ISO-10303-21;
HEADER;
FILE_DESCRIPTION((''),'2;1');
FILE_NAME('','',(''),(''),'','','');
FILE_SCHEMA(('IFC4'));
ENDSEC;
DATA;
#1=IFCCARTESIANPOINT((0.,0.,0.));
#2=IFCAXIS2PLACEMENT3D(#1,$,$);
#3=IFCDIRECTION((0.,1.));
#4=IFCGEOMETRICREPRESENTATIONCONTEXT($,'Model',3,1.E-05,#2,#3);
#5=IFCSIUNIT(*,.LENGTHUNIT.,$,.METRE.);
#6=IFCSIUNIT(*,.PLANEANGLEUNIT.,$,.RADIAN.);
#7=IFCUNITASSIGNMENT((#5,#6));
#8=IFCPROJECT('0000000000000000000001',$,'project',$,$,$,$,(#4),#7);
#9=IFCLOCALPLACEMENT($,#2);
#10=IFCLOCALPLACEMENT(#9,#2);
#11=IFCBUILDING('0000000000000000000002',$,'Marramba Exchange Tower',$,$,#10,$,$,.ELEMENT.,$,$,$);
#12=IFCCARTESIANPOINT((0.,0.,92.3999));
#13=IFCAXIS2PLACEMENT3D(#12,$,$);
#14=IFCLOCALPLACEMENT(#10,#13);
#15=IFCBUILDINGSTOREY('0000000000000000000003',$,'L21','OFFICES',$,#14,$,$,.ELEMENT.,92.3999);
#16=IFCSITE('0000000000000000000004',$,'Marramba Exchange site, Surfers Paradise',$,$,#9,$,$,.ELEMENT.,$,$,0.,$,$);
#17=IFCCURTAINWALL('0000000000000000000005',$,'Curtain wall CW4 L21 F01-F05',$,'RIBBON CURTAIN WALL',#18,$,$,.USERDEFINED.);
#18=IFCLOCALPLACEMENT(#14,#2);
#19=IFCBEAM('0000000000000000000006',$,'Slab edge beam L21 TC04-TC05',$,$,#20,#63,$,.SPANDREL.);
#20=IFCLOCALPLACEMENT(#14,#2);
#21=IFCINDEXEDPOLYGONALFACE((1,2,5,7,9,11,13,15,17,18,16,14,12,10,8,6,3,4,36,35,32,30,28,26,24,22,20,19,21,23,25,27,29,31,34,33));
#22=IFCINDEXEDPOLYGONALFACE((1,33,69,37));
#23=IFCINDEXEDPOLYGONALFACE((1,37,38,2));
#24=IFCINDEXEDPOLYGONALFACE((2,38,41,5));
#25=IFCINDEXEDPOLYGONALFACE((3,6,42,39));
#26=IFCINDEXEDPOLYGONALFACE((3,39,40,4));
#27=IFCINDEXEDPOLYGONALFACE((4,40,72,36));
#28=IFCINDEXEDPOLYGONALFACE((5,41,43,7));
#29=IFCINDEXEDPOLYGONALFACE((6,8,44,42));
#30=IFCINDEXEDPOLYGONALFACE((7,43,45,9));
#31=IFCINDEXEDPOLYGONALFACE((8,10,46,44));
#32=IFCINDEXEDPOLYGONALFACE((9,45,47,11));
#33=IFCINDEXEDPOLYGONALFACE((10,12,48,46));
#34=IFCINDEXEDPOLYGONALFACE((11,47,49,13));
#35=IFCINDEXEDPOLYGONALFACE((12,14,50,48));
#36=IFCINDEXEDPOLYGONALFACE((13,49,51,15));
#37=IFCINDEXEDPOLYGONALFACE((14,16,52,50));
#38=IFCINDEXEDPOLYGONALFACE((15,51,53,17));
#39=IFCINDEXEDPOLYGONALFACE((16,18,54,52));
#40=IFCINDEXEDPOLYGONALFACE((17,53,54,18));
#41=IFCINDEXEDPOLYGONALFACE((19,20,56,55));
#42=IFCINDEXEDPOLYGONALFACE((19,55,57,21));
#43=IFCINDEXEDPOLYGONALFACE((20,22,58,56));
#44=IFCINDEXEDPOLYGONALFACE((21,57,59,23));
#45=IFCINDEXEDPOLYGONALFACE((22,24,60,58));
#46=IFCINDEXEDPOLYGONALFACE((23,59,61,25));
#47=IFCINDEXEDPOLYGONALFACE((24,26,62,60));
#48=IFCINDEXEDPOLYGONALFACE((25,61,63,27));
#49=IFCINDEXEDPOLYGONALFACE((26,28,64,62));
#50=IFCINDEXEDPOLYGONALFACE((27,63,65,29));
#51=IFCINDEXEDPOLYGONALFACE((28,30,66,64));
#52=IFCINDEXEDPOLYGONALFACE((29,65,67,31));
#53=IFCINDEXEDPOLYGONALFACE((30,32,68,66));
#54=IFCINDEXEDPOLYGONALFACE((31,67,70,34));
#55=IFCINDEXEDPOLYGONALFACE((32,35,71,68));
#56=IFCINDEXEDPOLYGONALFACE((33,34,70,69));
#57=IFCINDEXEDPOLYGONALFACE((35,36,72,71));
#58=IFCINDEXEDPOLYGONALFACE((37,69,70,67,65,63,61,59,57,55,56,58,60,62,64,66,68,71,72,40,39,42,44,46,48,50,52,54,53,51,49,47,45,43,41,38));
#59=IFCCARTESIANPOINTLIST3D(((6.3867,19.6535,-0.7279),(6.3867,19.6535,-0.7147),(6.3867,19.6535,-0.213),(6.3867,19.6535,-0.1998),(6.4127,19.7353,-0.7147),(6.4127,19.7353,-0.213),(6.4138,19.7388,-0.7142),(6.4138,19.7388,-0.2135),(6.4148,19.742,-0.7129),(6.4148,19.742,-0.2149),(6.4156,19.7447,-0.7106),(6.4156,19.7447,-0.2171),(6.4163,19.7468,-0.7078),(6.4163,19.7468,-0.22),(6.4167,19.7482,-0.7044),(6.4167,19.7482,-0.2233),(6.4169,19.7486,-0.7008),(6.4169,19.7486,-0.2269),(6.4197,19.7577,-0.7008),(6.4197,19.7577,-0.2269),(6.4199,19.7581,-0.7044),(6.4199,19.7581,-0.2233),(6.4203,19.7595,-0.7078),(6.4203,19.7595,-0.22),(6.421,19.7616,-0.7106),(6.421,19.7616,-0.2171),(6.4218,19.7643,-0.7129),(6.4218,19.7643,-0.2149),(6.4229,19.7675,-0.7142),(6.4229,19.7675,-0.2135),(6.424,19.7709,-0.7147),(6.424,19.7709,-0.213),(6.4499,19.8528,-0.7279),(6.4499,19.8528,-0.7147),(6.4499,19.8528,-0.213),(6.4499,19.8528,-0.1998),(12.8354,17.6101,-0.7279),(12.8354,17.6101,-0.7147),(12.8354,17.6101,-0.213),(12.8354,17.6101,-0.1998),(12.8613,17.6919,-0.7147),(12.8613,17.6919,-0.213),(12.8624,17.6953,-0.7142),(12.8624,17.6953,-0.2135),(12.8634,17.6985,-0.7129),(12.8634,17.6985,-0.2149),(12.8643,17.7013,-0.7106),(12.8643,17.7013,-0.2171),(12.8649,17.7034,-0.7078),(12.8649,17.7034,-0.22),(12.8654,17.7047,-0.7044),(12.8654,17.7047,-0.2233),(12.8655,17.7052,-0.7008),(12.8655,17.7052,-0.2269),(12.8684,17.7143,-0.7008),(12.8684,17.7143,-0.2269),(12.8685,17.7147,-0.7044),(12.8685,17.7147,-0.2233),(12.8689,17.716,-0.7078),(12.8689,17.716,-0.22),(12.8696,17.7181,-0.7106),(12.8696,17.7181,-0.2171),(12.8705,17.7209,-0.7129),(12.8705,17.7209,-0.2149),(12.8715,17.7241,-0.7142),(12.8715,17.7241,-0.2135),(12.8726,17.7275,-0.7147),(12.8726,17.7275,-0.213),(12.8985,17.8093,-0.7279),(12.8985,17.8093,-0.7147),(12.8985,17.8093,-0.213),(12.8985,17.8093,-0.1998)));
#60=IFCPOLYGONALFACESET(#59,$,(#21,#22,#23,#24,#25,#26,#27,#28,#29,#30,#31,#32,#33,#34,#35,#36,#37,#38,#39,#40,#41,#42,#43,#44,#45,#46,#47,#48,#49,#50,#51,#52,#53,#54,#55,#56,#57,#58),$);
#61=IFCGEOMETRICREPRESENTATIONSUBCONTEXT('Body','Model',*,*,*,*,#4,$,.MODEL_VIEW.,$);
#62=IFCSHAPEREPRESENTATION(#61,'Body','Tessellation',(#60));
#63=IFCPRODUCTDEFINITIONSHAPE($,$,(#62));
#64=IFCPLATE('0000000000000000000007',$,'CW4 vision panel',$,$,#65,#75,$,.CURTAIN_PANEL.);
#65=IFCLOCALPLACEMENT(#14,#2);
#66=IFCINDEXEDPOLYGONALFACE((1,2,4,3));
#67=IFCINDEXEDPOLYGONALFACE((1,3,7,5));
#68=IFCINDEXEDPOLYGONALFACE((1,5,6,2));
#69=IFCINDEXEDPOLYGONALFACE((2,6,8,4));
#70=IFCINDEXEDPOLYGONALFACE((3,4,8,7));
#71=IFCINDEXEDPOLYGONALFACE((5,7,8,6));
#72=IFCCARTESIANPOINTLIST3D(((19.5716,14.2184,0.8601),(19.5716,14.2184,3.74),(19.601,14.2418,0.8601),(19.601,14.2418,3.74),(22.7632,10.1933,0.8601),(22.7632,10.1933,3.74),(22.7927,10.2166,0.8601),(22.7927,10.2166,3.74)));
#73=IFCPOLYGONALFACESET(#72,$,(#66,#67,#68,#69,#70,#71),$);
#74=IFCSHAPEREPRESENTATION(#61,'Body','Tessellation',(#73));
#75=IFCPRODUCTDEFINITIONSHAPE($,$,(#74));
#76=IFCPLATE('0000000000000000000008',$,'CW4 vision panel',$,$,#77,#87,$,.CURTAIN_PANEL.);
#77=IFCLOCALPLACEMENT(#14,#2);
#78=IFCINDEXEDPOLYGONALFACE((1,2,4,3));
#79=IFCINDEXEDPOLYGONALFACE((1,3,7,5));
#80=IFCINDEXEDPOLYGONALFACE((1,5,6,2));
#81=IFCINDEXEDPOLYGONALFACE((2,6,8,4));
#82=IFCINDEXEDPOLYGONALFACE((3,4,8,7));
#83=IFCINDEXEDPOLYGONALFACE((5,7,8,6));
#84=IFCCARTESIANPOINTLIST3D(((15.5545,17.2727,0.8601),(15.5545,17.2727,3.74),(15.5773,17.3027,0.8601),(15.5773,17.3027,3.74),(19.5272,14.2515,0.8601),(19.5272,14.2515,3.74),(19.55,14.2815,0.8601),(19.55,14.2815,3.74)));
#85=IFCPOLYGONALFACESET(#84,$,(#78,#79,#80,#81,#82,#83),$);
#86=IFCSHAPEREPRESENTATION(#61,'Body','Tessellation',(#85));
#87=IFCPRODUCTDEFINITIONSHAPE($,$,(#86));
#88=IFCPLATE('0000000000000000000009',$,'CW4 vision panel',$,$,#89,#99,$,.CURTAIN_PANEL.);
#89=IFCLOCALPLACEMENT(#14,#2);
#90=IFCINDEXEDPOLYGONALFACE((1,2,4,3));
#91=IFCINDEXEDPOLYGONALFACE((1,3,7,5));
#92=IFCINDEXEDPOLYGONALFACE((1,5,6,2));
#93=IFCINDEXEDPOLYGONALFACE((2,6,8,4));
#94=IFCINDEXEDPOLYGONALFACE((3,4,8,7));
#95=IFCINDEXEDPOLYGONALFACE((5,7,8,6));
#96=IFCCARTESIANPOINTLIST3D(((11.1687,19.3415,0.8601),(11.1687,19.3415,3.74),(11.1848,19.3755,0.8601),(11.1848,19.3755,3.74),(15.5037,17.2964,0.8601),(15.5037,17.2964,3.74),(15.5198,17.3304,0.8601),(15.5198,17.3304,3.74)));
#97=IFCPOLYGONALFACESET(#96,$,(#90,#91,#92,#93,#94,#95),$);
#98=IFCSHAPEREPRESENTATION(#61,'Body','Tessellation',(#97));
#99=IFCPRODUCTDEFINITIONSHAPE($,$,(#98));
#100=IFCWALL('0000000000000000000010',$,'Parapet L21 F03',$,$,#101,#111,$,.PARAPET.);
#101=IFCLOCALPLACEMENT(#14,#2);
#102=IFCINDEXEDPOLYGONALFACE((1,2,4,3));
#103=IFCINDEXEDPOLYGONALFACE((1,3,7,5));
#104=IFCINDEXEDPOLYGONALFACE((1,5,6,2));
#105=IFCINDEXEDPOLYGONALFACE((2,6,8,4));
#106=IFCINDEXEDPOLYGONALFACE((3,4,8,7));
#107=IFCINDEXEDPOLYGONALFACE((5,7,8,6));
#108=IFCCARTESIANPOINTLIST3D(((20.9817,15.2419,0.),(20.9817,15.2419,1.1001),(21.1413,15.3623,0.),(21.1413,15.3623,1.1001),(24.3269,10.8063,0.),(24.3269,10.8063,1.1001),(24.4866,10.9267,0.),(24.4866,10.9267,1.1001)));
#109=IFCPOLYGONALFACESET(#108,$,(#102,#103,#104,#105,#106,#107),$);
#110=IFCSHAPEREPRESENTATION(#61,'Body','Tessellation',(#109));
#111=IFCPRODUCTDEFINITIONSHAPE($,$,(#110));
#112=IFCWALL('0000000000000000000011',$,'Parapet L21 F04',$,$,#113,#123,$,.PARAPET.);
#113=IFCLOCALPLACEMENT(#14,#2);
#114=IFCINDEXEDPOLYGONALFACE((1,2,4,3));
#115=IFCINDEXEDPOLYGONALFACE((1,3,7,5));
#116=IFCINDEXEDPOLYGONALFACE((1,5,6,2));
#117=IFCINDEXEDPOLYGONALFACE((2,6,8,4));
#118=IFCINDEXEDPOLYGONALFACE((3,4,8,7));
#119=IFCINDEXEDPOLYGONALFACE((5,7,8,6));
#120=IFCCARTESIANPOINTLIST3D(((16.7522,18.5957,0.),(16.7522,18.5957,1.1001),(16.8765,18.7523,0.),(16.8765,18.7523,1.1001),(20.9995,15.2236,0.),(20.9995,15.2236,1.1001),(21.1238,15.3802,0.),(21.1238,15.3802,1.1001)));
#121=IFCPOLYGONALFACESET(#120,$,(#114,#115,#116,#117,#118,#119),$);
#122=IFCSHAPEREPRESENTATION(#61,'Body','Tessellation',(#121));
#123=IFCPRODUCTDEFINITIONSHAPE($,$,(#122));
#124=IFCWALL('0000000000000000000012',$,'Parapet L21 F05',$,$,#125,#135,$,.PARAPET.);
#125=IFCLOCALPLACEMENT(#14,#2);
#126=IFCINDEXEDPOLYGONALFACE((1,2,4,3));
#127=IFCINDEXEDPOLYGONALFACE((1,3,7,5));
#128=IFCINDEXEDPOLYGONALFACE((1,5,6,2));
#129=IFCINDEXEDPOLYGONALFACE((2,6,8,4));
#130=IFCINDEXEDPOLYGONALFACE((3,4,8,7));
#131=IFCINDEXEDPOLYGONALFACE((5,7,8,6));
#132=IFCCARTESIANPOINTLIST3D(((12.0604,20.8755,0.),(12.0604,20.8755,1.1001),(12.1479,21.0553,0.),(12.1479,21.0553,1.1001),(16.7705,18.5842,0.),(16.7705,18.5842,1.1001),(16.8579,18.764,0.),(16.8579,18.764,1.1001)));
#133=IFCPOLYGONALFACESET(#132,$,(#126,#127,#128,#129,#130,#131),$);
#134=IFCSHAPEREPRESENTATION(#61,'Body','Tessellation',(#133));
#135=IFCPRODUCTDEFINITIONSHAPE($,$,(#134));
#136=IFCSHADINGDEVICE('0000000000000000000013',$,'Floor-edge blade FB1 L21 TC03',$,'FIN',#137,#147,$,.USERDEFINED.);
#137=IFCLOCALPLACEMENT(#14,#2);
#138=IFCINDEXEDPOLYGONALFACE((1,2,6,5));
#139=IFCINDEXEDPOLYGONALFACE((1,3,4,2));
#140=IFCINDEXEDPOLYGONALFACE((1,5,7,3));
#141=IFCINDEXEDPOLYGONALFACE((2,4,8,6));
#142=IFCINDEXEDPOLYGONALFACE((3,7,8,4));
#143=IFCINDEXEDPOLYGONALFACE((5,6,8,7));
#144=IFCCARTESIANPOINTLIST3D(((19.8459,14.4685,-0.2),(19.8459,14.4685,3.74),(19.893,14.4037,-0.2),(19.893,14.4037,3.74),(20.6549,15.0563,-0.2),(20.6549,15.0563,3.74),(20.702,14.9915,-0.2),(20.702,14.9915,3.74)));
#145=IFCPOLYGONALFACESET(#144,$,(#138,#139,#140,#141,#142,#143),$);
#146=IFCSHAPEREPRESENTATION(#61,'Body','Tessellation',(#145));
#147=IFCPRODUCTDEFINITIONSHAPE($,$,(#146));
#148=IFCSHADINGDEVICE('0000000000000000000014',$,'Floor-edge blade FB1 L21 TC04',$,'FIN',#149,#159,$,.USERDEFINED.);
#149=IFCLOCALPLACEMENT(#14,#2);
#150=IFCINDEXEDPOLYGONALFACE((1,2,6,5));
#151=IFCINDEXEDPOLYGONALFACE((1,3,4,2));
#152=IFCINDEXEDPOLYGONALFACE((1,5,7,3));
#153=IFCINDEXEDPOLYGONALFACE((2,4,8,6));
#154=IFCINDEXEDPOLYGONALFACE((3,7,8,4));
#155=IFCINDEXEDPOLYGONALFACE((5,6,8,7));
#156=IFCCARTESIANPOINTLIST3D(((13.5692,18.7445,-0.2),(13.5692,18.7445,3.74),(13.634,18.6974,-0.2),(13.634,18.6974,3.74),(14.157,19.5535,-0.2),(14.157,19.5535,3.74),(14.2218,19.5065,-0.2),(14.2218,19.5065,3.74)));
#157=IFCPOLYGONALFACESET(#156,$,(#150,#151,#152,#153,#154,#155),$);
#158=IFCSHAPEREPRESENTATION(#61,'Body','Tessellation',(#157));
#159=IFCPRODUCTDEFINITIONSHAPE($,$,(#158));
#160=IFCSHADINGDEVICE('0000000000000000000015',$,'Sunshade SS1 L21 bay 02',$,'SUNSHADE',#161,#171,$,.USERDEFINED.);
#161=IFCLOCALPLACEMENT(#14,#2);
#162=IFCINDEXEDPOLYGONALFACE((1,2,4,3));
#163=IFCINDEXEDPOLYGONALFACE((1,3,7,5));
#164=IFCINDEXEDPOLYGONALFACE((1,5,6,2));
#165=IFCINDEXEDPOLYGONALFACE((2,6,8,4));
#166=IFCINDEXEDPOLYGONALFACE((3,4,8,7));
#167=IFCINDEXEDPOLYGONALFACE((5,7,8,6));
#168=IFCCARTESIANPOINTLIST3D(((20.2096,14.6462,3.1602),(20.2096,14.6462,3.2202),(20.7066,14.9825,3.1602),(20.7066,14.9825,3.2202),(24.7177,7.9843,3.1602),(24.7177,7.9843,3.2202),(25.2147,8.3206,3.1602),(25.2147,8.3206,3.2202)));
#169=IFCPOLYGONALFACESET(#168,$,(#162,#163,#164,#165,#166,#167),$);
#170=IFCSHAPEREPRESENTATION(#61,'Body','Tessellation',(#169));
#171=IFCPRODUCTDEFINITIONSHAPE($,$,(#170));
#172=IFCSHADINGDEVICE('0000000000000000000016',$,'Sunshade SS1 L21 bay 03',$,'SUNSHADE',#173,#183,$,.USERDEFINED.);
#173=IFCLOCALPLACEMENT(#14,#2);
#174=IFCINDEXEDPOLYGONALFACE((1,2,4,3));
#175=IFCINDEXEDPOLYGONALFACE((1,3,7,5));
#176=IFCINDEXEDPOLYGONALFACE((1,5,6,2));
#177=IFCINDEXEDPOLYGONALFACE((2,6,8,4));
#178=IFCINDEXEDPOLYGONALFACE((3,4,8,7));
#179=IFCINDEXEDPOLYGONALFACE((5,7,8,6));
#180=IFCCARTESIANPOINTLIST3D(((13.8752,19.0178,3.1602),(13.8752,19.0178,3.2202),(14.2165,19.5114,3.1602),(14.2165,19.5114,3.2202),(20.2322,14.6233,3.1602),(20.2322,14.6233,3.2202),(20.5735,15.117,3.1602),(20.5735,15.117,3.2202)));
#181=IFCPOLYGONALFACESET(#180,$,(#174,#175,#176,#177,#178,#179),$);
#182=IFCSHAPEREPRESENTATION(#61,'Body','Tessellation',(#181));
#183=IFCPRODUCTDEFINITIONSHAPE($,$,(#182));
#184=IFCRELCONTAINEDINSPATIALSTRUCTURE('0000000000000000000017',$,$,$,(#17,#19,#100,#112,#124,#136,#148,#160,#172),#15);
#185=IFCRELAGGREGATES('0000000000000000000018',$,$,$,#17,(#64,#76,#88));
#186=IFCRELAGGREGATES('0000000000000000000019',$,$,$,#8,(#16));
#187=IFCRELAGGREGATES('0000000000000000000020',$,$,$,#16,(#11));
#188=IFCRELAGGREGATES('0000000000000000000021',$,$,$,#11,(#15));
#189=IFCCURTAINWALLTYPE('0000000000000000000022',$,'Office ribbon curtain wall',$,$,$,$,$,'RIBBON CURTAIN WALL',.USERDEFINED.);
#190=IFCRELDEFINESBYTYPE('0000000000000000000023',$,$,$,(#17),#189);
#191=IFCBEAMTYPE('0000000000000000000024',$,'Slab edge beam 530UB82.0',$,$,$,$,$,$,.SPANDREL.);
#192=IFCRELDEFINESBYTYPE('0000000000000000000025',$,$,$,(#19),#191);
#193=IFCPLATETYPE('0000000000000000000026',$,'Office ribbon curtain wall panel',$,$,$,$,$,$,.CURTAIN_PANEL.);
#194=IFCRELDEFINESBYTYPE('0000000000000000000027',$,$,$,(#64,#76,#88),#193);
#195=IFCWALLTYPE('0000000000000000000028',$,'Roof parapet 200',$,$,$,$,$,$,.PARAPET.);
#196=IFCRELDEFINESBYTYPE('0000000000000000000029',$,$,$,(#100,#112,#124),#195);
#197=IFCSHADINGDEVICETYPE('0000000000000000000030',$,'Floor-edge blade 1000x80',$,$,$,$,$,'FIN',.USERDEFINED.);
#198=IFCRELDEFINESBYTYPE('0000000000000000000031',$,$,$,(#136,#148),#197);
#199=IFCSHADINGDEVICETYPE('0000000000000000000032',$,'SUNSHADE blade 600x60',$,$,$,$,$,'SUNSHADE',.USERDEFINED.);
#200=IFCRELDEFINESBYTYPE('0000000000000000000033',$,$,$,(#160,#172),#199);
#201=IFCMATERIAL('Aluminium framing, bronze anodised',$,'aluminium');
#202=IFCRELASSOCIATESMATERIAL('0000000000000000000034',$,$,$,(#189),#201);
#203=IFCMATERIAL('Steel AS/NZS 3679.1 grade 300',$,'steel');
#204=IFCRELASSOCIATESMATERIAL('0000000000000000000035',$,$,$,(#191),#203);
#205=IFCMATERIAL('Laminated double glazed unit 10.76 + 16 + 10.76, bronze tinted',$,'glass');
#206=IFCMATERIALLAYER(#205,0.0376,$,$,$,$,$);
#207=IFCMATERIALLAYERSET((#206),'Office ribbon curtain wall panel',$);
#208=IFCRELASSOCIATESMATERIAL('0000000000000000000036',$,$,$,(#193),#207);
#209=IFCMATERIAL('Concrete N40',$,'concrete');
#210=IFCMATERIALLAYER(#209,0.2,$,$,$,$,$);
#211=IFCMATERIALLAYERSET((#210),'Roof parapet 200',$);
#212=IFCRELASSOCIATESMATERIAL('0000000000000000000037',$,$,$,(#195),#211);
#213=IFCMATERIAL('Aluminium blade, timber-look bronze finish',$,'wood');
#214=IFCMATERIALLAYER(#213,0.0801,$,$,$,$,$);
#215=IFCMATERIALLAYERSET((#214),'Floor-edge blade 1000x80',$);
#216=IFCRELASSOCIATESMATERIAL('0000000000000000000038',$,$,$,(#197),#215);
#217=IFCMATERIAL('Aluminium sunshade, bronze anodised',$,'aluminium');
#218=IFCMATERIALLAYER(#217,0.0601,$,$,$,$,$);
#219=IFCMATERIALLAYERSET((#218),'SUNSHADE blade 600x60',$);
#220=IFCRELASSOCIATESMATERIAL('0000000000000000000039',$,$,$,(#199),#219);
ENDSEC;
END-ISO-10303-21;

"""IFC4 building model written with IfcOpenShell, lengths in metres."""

from ifc_helpers import new_model, si_unit, direction, frame, frame_2d, origin, origin_2d, place, context, subcontext, project, spatial, rectangle, i_section, extrude, material, layer, layer_set, material_profile, profile_set, type_object, element, aggregate, save


model = new_model("IFC4")

# Units and contexts
model_context = context("Model", 3, precision=1e-05, world=origin(), true_north=direction((0.0, 1.0)))
body_context = subcontext(model_context, "Body", "Model", "MODEL_VIEW")
ifc_project = project(units=[si_unit("LENGTHUNIT", "METRE"), si_unit("PLANEANGLEUNIT", "RADIAN")], contexts=[model_context])

# Site, building, storey
site_placement = place(None, origin())
site = spatial("IfcSite", under=ifc_project, at=site_placement, Name="Marramba Exchange site, Surfers Paradise", CompositionType="ELEMENT", RefElevation=0.0)
building_placement = place(site_placement, origin())
building = spatial("IfcBuilding", under=site, at=building_placement, Name="Marramba Exchange Tower", CompositionType="ELEMENT")
storey_placement = place(building_placement, frame((0.0, 0.0, 92.3999)))
storey = spatial("IfcBuildingStorey", under=building, at=storey_placement, Name="L21", Description="OFFICES", CompositionType="ELEMENT", Elevation=92.3999)

# Shared definitions
ifc_material_1 = material(Name="Steel AS/NZS 3679.1 grade 300", Category="steel")

# Curtain wall
ifc_material_2 = material(Name="Aluminium framing, bronze anodised", Category="aluminium")
curtain_wall_type = type_object("IfcCurtainWallType", Name="Office ribbon curtain wall", ElementType="RIBBON CURTAIN WALL", PredefinedType="USERDEFINED", material=ifc_material_2)
curtain_wall_placement = place(storey_placement, origin())
curtain_wall = element("IfcCurtainWall", 1, at=curtain_wall_placement, inside=storey, type_object=curtain_wall_type, Name="Curtain wall CW4 L21 F01-F05", ObjectType="RIBBON CURTAIN WALL", PredefinedType="USERDEFINED")

# Beam
ifc_material_profile_1 = material_profile(ifc_material_1, i_section(OverallWidth=0.209, OverallDepth=0.5281, WebThickness=0.0095, FlangeThickness=0.0132, FilletRadius=0.0139, at=origin_2d()), Name="530UB82.0")
ifc_profile_set_1 = profile_set([ifc_material_profile_1], Name="Steel AS/NZS 3679.1 grade 300")
beam_type_1 = type_object("IfcBeamType", Name="Slab edge beam 530UB82.0", PredefinedType="SPANDREL", material=ifc_profile_set_1)
beam_1_placement = place(storey_placement, frame((12.8669, 17.7097, -0.4639), z_axis=(-0.953284, 0.302074, 0.0), x_axis=(-0.302074, -0.953284, 0.0)))
element("IfcBeam", 2, at=beam_1_placement, inside=storey, type_object=beam_type_1, Name="Slab edge beam L21 TC04-TC05", PredefinedType="SPANDREL", context=body_context, shape_type="SweptSolid", body=[
    extrude(i_section(OverallWidth=0.209, OverallDepth=0.5281, WebThickness=0.0095, FlangeThickness=0.0132, FilletRadius=0.0139, at=origin_2d()), origin(), (0.0, 0.0, 1.0), 6.7646),
])

# Plates
ifc_material_3 = material(Name="Laminated double glazed unit 10.76 + 16 + 10.76, bronze tinted", Category="glass")
ifc_layer_1 = layer(ifc_material_3, 0.0376)
ifc_layer_set_1 = layer_set([ifc_layer_1], Name="Office ribbon curtain wall panel")
plate_type = type_object("IfcPlateType", Name="Office ribbon curtain wall panel", PredefinedType="CURTAIN_PANEL", material=ifc_layer_set_1)
plate_1_placement = place(storey_placement, frame((21.1821, 12.2175, 0.8601), z_axis=(0.0, 0.0, 1.0), x_axis=(-0.621312, 0.783563, 0.0)))
plate_1 = element("IfcPlate", 3, at=plate_1_placement, type_object=plate_type, Name="CW4 vision panel", PredefinedType="CURTAIN_PANEL", context=body_context, shape_type="SweptSolid", body=[
    extrude(rectangle(XDim=5.137, YDim=0.0376, at=origin_2d()), origin(), (0.0, 0.0, 1.0), 2.8799),
])
plate_2_placement = place(storey_placement, frame((17.5522, 15.7771, 0.8601), z_axis=(0.0, 0.0, 1.0), x_axis=(-0.795972, 0.605334, 0.0)))
plate_2 = element("IfcPlate", 4, at=plate_2_placement, type_object=plate_type, Name="CW4 vision panel", PredefinedType="CURTAIN_PANEL", context=body_context, shape_type="SweptSolid", body=[
    extrude(rectangle(XDim=4.991, YDim=0.0376, at=origin_2d()), origin(), (0.0, 0.0, 1.0), 2.8799),
])
plate_3_placement = place(storey_placement, frame((13.3442, 18.3359, 0.8601), z_axis=(0.0, 0.0, 1.0), x_axis=(-0.904403, 0.426679, 0.0)))
plate_3 = element("IfcPlate", 5, at=plate_3_placement, type_object=plate_type, Name="CW4 vision panel", PredefinedType="CURTAIN_PANEL", context=body_context, shape_type="SweptSolid", body=[
    extrude(rectangle(XDim=4.7932, YDim=0.0376, at=origin_2d()), origin(), (0.0, 0.0, 1.0), 2.8799),
])
aggregate(curtain_wall, [plate_1, plate_2, plate_3])

# Walls
ifc_material_4 = material(Name="Concrete N40", Category="concrete")
ifc_layer_2 = layer(ifc_material_4, 0.2)
ifc_layer_set_2 = layer_set([ifc_layer_2], Name="Roof parapet 200")
wall_type_1 = type_object("IfcWallType", Name="Roof parapet 200", PredefinedType="PARAPET", material=ifc_layer_set_2)
wall_1_placement = place(storey_placement, frame((24.4067, 10.8665, 0.0), z_axis=(0.0, 0.0, 1.0), x_axis=(-0.602135, 0.798394, 0.0)))
element("IfcWall", 6, at=wall_1_placement, inside=storey, type_object=wall_type_1, Name="Parapet L21 F03", PredefinedType="PARAPET", context=body_context, shape_type="SweptSolid", body=[
    extrude(rectangle(XDim=5.5557, YDim=0.2, at=frame_2d((2.7778, 0.0))), origin(), (0.0, 0.0, 1.0), 1.1001),
])
wall_2_placement = place(storey_placement, frame((21.0615, 15.302, 0.0), z_axis=(0.0, 0.0, 1.0), x_axis=(-0.783182, 0.621792, 0.0)))
element("IfcWall", 7, at=wall_2_placement, inside=storey, type_object=wall_type_1, Name="Parapet L21 F04", PredefinedType="PARAPET", context=body_context, shape_type="SweptSolid", body=[
    extrude(rectangle(XDim=5.4231, YDim=0.2, at=frame_2d((2.7114, 0.0))), origin(), (0.0, 0.0, 1.0), 1.1001),
])
wall_3_placement = place(storey_placement, frame((16.8142, 18.6741, 0.0), z_axis=(0.0, 0.0, 1.0), x_axis=(-0.899241, 0.437455, 0.0)))
element("IfcWall", 8, at=wall_3_placement, inside=storey, type_object=wall_type_1, Name="Parapet L21 F05", PredefinedType="PARAPET", context=body_context, shape_type="SweptSolid", body=[
    extrude(rectangle(XDim=5.2378, YDim=0.2, at=frame_2d((2.6189, 0.0))), origin(), (0.0, 0.0, 1.0), 1.1001),
])

# Shading devices
ifc_material_5 = material(Name="Aluminium blade, timber-look bronze finish", Category="wood")
ifc_layer_3 = layer(ifc_material_5, 0.0801)
ifc_layer_set_3 = layer_set([ifc_layer_3], Name="Floor-edge blade 1000x80")
shading_device_type_1 = type_object("IfcShadingDeviceType", Name="Floor-edge blade 1000x80", ElementType="FIN", PredefinedType="USERDEFINED", material=ifc_layer_set_3)
for number, where, z_axis, x_axis, name in (
    (9, (20.2739, 14.73, -0.2), (0.0, 0.0, 1.0), (0.809017, 0.587785, 0.0), "Floor-edge blade FB1 L21 TC03"),
    (10, (13.8955, 19.1255, -0.2), (0.0, 0.0, 1.0), (0.587785, 0.809017, 0.0), "Floor-edge blade FB1 L21 TC04"),
):
    element("IfcShadingDevice", number, at=place(storey_placement, frame(where, z_axis=z_axis, x_axis=x_axis)), inside=storey, type_object=shading_device_type_1, Name=name, ObjectType="FIN", PredefinedType="USERDEFINED", context=body_context, shape_type="SweptSolid", body=[
        extrude(rectangle(XDim=1.0, YDim=0.0801, at=origin_2d()), origin(), (0.0, 0.0, 1.0), 3.9399),
    ])
ifc_material_6 = material(Name="Aluminium sunshade, bronze anodised", Category="aluminium")
ifc_layer_4 = layer(ifc_material_6, 0.0601)
ifc_layer_set_4 = layer_set([ifc_layer_4], Name="SUNSHADE blade 600x60")
shading_device_type_2 = type_object("IfcShadingDeviceType", Name="SUNSHADE blade 600x60", ElementType="SUNSHADE", PredefinedType="USERDEFINED", material=ifc_layer_set_4)
shading_device_1_placement = place(storey_placement, frame((22.7122, 11.4834, 3.1602), z_axis=(0.0, 0.0, 1.0), x_axis=(-0.560442, 0.828194, 0.0)))
element("IfcShadingDevice", 11, at=shading_device_1_placement, inside=storey, type_object=shading_device_type_2, Name="Sunshade SS1 L21 bay 02", ObjectType="SUNSHADE", PredefinedType="USERDEFINED", context=body_context, shape_type="SweptSolid", body=[
    extrude(rectangle(XDim=8.0439, YDim=0.6001, at=origin_2d()), origin(), (0.0, 0.0, 1.0), 0.0601),
])
shading_device_2_placement = place(storey_placement, frame((17.2244, 17.0674, 3.1602), z_axis=(0.0, 0.0, 1.0), x_axis=(-0.82259, 0.568636, 0.0)))
element("IfcShadingDevice", 12, at=shading_device_2_placement, inside=storey, type_object=shading_device_type_2, Name="Sunshade SS1 L21 bay 03", ObjectType="SUNSHADE", PredefinedType="USERDEFINED", context=body_context, shape_type="SweptSolid", body=[
    extrude(rectangle(XDim=7.728, YDim=0.6001, at=origin_2d()), origin(), (0.0, 0.0, 1.0), 0.0601),
])

save(model, "model.ifc")
